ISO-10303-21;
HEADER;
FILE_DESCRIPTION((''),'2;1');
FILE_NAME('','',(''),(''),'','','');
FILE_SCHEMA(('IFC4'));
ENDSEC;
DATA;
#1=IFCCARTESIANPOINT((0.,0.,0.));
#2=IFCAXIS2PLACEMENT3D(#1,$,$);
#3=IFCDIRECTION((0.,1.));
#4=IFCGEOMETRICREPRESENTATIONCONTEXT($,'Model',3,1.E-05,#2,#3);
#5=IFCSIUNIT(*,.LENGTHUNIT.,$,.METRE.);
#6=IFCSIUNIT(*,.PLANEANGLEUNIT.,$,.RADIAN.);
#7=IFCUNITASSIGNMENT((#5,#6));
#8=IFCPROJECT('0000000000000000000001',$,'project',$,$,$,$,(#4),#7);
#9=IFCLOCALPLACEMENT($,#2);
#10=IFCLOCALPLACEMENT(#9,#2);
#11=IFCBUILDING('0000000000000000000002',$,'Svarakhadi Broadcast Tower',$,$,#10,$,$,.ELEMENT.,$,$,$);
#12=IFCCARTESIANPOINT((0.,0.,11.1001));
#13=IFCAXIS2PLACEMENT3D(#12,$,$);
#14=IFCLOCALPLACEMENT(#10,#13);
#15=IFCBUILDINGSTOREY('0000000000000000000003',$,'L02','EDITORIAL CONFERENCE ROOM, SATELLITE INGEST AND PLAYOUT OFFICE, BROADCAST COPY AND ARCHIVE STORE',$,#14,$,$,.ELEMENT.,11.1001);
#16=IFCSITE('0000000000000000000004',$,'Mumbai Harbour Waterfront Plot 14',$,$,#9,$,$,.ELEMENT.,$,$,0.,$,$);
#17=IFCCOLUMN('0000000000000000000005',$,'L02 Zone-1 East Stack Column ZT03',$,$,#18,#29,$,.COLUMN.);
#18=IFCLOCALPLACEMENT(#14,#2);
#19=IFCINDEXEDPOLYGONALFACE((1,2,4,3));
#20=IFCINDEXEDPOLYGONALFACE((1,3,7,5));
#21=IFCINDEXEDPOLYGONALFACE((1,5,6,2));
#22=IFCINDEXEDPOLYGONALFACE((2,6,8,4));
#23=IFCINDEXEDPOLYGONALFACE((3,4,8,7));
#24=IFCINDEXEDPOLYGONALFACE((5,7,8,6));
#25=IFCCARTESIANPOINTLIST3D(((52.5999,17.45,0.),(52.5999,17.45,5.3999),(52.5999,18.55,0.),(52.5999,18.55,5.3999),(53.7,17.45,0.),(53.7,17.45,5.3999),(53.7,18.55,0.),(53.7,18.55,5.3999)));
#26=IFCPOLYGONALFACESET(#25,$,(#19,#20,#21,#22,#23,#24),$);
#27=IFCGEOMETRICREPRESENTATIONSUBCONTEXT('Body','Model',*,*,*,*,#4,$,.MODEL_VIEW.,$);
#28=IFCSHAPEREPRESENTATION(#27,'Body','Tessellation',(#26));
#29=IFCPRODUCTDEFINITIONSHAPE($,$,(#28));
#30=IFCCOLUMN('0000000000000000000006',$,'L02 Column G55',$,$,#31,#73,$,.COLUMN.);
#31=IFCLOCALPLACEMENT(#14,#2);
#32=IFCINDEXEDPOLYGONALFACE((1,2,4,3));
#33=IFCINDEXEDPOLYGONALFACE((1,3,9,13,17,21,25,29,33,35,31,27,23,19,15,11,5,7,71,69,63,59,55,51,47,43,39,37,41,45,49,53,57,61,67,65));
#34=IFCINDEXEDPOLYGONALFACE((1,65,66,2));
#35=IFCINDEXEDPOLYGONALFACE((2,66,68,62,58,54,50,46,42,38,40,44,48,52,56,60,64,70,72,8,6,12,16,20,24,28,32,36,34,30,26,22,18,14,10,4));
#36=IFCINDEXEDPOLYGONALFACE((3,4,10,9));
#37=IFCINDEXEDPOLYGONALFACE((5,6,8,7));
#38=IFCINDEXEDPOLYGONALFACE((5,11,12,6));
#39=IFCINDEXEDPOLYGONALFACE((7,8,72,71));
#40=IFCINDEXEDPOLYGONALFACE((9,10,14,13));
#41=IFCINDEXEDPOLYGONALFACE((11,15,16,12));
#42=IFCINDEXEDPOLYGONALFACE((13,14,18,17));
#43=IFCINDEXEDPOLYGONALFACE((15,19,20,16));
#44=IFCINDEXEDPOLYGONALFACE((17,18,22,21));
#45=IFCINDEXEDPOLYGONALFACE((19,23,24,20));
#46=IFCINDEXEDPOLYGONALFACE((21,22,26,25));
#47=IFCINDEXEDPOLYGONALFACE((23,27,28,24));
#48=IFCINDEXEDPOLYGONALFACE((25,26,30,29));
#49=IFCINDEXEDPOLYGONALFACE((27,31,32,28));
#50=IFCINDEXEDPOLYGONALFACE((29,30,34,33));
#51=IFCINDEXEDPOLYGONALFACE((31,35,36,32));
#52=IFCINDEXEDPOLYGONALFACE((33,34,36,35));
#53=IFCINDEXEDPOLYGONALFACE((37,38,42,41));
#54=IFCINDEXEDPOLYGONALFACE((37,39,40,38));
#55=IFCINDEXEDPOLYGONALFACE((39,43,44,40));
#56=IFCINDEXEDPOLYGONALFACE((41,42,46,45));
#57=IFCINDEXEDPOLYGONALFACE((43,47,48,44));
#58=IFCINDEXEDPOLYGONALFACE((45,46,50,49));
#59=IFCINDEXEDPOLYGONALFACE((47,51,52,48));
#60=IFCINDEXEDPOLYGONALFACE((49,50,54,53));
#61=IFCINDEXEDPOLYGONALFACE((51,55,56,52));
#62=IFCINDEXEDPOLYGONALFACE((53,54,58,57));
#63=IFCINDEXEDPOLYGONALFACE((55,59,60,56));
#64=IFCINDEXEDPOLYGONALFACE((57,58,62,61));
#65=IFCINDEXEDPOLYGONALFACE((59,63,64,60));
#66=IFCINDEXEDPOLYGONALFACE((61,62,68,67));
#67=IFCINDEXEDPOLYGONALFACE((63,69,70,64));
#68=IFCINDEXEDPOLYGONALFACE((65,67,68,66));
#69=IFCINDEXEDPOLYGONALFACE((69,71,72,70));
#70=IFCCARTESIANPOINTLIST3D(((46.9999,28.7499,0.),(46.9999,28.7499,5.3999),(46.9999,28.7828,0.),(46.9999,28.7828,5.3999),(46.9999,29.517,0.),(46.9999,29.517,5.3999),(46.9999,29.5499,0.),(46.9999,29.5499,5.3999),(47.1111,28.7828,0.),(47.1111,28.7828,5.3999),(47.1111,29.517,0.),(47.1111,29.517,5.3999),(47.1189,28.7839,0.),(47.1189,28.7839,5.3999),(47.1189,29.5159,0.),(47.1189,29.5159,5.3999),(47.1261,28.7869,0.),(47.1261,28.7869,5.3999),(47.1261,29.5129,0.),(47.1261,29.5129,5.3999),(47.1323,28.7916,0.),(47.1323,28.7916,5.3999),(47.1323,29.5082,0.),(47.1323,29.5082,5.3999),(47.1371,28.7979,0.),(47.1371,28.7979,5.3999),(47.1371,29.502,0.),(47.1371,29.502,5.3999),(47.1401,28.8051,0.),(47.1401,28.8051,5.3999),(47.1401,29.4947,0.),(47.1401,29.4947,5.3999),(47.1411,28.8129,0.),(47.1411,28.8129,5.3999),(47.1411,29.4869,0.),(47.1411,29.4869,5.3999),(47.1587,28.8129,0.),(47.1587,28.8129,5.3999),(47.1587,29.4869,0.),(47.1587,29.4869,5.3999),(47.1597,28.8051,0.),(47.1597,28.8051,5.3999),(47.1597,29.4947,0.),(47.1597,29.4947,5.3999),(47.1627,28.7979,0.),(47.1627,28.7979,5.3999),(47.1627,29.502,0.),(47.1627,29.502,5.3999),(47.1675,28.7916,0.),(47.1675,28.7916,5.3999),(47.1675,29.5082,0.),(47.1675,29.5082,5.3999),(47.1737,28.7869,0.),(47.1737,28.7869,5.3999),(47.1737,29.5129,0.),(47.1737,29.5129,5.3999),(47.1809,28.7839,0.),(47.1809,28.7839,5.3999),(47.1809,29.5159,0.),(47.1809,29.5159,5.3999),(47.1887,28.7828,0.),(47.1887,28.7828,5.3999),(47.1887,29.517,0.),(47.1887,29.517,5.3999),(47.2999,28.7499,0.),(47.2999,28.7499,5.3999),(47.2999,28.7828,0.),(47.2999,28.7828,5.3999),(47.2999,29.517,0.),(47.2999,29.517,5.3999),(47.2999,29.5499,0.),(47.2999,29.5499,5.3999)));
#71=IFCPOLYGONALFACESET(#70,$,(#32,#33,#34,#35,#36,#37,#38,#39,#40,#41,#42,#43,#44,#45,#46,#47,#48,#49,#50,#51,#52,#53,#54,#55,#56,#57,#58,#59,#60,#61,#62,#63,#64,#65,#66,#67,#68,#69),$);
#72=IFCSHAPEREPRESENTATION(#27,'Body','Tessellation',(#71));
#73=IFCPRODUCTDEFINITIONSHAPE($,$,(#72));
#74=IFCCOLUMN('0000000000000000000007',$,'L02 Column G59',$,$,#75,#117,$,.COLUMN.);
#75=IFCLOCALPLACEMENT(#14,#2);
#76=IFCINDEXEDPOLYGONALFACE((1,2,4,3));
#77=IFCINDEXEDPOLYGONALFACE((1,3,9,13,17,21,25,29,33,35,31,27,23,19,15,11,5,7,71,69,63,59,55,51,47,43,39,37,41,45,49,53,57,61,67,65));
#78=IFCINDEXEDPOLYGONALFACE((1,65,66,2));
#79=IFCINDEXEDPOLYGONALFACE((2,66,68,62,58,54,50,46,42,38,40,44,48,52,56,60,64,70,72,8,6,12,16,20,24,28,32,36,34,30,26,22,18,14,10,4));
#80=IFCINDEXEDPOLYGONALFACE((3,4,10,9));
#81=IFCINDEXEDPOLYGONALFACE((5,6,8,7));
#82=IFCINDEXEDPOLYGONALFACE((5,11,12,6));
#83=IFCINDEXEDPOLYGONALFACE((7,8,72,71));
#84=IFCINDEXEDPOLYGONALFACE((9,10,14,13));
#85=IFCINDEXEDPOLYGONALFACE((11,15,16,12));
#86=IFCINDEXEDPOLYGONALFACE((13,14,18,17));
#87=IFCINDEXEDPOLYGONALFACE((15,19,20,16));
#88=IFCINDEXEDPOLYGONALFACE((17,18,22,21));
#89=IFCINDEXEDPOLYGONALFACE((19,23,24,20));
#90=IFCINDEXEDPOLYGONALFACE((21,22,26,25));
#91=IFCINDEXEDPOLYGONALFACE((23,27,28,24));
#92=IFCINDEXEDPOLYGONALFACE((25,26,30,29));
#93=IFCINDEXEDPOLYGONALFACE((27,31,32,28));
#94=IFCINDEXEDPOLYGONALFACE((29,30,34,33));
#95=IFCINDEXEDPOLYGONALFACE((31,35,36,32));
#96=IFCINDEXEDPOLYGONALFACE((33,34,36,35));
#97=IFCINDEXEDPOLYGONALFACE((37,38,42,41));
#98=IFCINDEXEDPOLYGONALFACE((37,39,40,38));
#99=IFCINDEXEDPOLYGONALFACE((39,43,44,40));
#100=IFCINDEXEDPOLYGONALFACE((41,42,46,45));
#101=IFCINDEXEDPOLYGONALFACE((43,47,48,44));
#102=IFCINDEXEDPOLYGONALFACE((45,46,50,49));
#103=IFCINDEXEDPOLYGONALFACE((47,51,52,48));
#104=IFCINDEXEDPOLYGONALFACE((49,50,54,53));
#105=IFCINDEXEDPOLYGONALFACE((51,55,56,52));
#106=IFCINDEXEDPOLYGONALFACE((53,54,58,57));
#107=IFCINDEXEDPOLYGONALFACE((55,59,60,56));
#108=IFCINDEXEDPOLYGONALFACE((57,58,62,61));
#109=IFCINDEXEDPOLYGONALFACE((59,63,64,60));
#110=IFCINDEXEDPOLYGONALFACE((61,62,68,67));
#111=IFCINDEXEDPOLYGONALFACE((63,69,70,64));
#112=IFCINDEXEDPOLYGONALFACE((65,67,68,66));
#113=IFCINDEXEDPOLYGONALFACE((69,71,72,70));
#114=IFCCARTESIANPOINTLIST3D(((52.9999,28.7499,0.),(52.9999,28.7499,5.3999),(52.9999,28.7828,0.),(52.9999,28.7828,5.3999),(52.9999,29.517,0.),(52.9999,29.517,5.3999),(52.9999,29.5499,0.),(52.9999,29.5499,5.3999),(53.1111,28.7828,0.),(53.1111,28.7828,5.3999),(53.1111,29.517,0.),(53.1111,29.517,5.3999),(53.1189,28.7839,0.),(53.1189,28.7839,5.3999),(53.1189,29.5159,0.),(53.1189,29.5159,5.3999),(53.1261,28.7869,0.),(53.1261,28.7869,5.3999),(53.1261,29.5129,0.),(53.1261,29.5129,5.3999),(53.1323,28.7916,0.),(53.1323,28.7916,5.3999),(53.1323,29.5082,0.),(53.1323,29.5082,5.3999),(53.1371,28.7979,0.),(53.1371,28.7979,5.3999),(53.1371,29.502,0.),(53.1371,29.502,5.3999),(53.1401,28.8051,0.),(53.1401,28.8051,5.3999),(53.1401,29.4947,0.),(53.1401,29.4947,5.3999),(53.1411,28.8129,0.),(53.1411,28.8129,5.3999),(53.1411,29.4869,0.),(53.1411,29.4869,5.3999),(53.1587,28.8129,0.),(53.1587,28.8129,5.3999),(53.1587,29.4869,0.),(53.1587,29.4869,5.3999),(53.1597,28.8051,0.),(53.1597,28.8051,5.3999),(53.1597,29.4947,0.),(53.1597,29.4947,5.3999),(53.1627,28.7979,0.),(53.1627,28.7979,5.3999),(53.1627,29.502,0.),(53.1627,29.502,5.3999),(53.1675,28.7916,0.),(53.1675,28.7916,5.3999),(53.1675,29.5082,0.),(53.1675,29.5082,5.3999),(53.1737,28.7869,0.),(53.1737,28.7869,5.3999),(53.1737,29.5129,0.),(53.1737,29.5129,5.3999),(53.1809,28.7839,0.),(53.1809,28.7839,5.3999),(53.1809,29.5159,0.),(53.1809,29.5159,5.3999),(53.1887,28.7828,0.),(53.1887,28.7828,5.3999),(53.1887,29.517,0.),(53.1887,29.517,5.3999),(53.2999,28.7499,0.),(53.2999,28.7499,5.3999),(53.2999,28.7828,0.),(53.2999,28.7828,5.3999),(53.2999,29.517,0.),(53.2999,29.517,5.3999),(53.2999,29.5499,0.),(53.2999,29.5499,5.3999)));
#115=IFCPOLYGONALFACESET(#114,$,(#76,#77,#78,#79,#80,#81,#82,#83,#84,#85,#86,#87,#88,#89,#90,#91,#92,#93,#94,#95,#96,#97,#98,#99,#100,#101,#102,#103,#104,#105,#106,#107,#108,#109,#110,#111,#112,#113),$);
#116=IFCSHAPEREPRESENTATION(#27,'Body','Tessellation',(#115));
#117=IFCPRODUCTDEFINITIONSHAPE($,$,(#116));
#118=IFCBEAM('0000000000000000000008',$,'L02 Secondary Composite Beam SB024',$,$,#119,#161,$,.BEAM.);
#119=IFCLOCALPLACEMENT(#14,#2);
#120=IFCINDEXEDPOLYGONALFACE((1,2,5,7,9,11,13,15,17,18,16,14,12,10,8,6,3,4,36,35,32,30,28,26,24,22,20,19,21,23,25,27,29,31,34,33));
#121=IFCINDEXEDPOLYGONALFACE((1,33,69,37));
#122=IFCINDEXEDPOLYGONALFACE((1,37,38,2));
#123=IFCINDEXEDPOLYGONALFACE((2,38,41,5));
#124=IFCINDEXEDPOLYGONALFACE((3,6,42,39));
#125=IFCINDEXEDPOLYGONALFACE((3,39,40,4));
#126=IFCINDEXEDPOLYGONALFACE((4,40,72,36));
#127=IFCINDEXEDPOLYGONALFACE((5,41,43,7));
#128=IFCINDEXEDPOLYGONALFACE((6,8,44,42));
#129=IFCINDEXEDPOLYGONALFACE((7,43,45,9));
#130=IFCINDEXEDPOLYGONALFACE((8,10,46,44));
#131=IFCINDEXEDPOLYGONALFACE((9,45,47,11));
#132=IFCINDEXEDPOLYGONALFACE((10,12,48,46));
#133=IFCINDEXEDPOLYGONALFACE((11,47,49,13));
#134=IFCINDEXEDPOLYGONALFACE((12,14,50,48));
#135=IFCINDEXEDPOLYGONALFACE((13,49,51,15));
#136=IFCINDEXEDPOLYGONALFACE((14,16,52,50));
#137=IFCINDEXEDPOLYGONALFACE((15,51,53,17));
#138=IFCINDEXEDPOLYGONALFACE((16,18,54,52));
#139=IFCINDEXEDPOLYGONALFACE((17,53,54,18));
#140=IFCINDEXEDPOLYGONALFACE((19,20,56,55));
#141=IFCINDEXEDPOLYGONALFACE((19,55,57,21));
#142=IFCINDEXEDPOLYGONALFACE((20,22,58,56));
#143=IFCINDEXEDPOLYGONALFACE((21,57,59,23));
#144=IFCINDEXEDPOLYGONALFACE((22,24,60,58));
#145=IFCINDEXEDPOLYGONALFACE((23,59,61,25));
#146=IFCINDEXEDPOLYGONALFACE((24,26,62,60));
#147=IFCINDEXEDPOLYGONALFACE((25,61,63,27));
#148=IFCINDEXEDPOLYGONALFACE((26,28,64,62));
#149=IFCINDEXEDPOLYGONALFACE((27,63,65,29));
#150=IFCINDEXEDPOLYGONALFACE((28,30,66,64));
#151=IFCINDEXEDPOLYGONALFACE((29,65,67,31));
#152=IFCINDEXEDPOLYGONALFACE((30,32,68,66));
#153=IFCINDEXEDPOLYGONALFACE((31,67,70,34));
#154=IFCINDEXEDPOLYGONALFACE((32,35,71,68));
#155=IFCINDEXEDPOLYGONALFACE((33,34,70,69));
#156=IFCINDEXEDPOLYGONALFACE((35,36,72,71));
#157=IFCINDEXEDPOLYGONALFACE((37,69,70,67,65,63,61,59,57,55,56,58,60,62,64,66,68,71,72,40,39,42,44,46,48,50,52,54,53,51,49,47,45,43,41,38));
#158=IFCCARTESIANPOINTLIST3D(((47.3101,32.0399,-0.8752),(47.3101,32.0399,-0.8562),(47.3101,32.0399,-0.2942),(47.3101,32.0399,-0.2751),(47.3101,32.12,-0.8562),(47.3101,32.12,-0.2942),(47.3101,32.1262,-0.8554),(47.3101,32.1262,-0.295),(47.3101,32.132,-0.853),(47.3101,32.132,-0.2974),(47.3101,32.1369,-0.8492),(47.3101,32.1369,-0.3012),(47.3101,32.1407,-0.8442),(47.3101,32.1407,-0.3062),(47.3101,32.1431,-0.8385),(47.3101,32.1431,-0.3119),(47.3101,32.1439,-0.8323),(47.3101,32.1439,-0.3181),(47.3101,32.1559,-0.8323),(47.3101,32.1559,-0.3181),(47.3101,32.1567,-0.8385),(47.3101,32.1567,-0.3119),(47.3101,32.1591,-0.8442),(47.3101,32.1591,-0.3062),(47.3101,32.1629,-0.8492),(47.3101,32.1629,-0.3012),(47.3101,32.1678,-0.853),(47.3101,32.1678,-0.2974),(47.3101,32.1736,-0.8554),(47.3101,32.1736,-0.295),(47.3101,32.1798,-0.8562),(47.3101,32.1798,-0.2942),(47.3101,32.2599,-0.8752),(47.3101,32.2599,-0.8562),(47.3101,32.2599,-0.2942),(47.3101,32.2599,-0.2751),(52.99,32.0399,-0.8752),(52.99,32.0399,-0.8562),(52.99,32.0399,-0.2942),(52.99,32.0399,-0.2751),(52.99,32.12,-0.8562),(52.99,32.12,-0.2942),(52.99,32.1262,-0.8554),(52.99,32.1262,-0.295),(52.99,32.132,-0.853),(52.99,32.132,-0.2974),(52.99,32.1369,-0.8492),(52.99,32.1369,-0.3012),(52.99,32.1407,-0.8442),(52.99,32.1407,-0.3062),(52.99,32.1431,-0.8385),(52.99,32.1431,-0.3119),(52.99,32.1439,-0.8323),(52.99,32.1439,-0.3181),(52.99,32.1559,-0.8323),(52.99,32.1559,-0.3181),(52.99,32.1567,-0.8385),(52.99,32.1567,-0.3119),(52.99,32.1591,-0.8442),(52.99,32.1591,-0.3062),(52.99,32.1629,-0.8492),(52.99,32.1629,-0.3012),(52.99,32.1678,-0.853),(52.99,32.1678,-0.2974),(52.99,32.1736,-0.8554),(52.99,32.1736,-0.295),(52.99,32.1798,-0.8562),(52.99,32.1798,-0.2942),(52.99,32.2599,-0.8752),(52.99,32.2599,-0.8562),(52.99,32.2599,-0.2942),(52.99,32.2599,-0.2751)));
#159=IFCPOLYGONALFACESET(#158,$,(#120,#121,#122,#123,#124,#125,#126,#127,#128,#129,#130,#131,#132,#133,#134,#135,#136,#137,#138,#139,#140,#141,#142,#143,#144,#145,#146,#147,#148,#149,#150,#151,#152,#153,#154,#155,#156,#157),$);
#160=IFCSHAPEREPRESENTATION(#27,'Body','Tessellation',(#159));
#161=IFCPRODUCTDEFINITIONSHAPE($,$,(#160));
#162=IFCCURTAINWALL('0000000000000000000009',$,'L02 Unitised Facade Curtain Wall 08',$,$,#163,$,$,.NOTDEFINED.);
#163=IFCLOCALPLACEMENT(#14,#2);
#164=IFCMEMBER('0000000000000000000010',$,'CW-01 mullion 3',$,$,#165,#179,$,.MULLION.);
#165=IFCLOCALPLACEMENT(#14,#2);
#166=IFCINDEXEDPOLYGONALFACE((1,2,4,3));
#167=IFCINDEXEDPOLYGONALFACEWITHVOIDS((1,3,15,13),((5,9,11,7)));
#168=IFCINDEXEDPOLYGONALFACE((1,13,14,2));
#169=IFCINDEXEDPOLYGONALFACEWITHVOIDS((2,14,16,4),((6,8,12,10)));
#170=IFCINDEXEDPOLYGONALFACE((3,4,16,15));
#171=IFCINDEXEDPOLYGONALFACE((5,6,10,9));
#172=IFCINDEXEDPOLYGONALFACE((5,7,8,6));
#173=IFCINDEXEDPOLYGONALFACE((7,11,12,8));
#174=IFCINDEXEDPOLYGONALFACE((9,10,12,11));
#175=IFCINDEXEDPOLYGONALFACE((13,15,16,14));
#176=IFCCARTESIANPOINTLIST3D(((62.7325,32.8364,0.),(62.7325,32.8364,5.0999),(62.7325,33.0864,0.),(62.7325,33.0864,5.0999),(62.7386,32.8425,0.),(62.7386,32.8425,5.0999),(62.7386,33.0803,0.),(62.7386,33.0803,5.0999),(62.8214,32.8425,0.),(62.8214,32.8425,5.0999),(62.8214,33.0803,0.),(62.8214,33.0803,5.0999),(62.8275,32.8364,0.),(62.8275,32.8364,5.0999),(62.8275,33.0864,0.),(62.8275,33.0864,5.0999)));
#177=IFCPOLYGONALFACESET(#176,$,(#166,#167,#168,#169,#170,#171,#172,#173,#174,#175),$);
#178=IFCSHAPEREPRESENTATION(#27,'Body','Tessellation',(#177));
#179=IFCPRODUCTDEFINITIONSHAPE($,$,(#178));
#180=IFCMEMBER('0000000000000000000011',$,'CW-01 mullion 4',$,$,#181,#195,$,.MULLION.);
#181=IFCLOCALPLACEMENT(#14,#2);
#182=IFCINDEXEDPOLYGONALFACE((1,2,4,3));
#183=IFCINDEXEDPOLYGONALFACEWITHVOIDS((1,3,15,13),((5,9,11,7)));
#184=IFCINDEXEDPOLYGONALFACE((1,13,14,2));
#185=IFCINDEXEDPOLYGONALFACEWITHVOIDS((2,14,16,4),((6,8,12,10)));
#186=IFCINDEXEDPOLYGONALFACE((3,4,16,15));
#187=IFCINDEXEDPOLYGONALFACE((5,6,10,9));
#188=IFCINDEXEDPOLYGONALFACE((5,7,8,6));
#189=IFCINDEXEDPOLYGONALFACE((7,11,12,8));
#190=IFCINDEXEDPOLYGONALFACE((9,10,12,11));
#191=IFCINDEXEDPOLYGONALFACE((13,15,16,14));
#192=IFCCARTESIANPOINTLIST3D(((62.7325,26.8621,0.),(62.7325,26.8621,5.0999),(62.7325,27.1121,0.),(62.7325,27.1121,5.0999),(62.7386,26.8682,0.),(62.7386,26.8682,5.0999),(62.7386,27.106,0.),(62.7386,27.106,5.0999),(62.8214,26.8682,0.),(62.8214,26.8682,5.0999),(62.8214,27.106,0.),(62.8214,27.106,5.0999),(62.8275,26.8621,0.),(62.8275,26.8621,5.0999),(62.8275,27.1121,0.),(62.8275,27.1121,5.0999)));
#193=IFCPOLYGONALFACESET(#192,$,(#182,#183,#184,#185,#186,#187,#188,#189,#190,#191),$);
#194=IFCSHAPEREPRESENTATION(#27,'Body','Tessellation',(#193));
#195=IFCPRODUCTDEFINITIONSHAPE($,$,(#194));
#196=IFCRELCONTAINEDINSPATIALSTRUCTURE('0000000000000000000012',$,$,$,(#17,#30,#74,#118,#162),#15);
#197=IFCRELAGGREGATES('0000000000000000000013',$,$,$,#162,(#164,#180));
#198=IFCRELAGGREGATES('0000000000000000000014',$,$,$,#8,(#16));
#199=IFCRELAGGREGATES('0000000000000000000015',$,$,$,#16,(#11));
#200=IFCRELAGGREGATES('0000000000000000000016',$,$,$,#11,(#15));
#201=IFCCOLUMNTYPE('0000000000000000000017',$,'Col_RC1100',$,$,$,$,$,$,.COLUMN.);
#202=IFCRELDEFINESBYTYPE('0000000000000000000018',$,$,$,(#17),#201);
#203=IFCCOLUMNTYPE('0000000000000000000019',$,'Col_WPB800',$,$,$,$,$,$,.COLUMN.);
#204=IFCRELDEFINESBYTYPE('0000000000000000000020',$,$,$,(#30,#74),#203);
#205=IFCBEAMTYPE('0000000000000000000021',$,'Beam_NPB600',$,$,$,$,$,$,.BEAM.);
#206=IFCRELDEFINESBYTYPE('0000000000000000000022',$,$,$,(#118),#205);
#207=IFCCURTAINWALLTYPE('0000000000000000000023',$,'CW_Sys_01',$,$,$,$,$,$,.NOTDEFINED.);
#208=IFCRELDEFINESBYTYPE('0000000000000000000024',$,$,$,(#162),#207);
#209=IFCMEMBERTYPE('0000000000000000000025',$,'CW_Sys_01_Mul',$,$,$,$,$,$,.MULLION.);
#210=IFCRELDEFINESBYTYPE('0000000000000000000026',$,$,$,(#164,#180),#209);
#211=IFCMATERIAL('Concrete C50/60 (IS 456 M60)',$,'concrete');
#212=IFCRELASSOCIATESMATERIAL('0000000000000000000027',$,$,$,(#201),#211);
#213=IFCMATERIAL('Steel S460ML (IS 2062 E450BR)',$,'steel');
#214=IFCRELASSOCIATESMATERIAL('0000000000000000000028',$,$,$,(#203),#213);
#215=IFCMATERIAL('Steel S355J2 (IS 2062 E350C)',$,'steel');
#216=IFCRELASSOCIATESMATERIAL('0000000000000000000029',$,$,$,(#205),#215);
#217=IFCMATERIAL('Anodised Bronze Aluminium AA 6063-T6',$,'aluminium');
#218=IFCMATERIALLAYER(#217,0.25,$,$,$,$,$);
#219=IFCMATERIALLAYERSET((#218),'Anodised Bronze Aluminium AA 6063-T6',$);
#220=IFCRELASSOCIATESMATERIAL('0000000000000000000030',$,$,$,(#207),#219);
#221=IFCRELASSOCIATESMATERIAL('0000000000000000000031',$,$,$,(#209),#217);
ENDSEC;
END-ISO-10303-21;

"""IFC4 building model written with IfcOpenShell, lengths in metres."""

from ifc_helpers import new_model, si_unit, direction, frame, origin, origin_2d, place, context, subcontext, project, spatial, rectangle, hollow_rectangle, i_section, extrude, material, layer, layer_set, material_profile, profile_set, type_object, element, aggregate, save


model = new_model("IFC4")

# Units and contexts
model_context = context("Model", 3, precision=1e-05, world=origin(), true_north=direction((0.0, 1.0)))
body_context = subcontext(model_context, "Body", "Model", "MODEL_VIEW")
ifc_project = project(units=[si_unit("LENGTHUNIT", "METRE"), si_unit("PLANEANGLEUNIT", "RADIAN")], contexts=[model_context])

# Site, building, storey
site_placement = place(None, origin())
site = spatial("IfcSite", under=ifc_project, at=site_placement, Name="Mumbai Harbour Waterfront Plot 14", CompositionType="ELEMENT", RefElevation=0.0)
building_placement = place(site_placement, origin())
building = spatial("IfcBuilding", under=site, at=building_placement, Name="Svarakhadi Broadcast Tower", CompositionType="ELEMENT")
storey_placement = place(building_placement, frame((0.0, 0.0, 11.1001)))
storey = spatial("IfcBuildingStorey", under=building, at=storey_placement, Name="L02", Description="EDITORIAL CONFERENCE ROOM, SATELLITE INGEST AND PLAYOUT OFFICE, BROADCAST COPY AND ARCHIVE STORE", CompositionType="ELEMENT", Elevation=11.1001)

# Columns
ifc_material_1 = material(Name="Concrete C50/60 (IS 456 M60)", Category="concrete")
ifc_material_profile_1 = material_profile(ifc_material_1, rectangle(XDim=1.1001, YDim=1.1001, at=origin_2d()), Name="RC 1100x1100")
ifc_profile_set_1 = profile_set([ifc_material_profile_1], Name="Concrete C50/60 (IS 456 M60)")
column_type_1 = type_object("IfcColumnType", Name="Col_RC1100", PredefinedType="COLUMN", material=ifc_profile_set_1)
column_placement = place(storey_placement, frame((53.1499, 18.0, 0.0), z_axis=(0.0, 0.0, 1.0), x_axis=(1.0, 0.0, 0.0)))
element("IfcColumn", 1, at=column_placement, inside=storey, type_object=column_type_1, Name="L02 Zone-1 East Stack Column ZT03", PredefinedType="COLUMN", context=body_context, shape_type="SweptSolid", body=[
    extrude(rectangle(XDim=1.1001, YDim=1.1001, at=origin_2d()), origin(), (0.0, 0.0, 1.0), 5.3999),
])
ifc_material_2 = material(Name="Steel S460ML (IS 2062 E450BR)", Category="steel")
ifc_material_profile_2 = material_profile(ifc_material_2, i_section(OverallWidth=0.3, OverallDepth=0.8, WebThickness=0.0176, FlangeThickness=0.033, FilletRadius=0.03, at=origin_2d()), Name="WPB 800x300x262")
ifc_profile_set_2 = profile_set([ifc_material_profile_2], Name="Steel S460ML (IS 2062 E450BR)")
column_type_2 = type_object("IfcColumnType", Name="Col_WPB800", PredefinedType="COLUMN", material=ifc_profile_set_2)
for number, where, z_axis, x_axis, name in (
    (2, (47.1499, 29.1499, 0.0), (0.0, 0.0, 1.0), (1.0, 0.0, 0.0), "L02 Column G55"),
    (3, (53.1499, 29.1499, 0.0), (0.0, 0.0, 1.0), (1.0, 0.0, 0.0), "L02 Column G59"),
):
    element("IfcColumn", number, at=place(storey_placement, frame(where, z_axis=z_axis, x_axis=x_axis)), inside=storey, type_object=column_type_2, Name=name, PredefinedType="COLUMN", context=body_context, shape_type="SweptSolid", body=[
        extrude(i_section(OverallWidth=0.3, OverallDepth=0.8, WebThickness=0.0176, FlangeThickness=0.033, FilletRadius=0.03, at=origin_2d()), origin(), (0.0, 0.0, 1.0), 5.3999),
    ])

# Beam
ifc_material_3 = material(Name="Steel S355J2 (IS 2062 E350C)", Category="steel")
ifc_material_profile_3 = material_profile(ifc_material_3, i_section(OverallWidth=0.22, OverallDepth=0.6001, WebThickness=0.012, FlangeThickness=0.019, FilletRadius=0.0239, at=origin_2d()), Name="NPB 600x220x122")
ifc_profile_set_3 = profile_set([ifc_material_profile_3], Name="Steel S355J2 (IS 2062 E350C)")
beam_type_1 = type_object("IfcBeamType", Name="Beam_NPB600", PredefinedType="BEAM", material=ifc_profile_set_3)
beam_placement = place(storey_placement, frame((47.3101, 32.1499, -0.5752), z_axis=(1.0, 0.0, 0.0), x_axis=(0.0, 1.0, 0.0)))
element("IfcBeam", 4, at=beam_placement, inside=storey, type_object=beam_type_1, Name="L02 Secondary Composite Beam SB024", PredefinedType="BEAM", context=body_context, shape_type="SweptSolid", body=[
    extrude(i_section(OverallWidth=0.22, OverallDepth=0.6001, WebThickness=0.012, FlangeThickness=0.019, FilletRadius=0.0239, at=origin_2d()), origin(), (0.0, 0.0, 1.0), 5.6799),
])

# Curtain wall, members
ifc_material_4 = material(Name="Anodised Bronze Aluminium AA 6063-T6", Category="aluminium")
ifc_layer_1 = layer(ifc_material_4, 0.25)
ifc_layer_set_1 = layer_set([ifc_layer_1], Name="Anodised Bronze Aluminium AA 6063-T6")
curtain_wall_type = type_object("IfcCurtainWallType", Name="CW_Sys_01", PredefinedType="NOTDEFINED", material=ifc_layer_set_1)
curtain_wall_placement = place(storey_placement, origin())
curtain_wall = element("IfcCurtainWall", 5, at=curtain_wall_placement, inside=storey, type_object=curtain_wall_type, Name="L02 Unitised Facade Curtain Wall 08", PredefinedType="NOTDEFINED")
ifc_material_profile_4 = material_profile(ifc_material_4, hollow_rectangle(XDim=0.095, YDim=0.25, WallThickness=0.0061, at=origin_2d()), Name="ALU MULLION 250x95x6")
ifc_profile_set_4 = profile_set([ifc_material_profile_4], Name="Anodised Bronze Aluminium AA 6063-T6")
member_type_1 = type_object("IfcMemberType", Name="CW_Sys_01_Mul", PredefinedType="MULLION", material=ifc_profile_set_4)
member_1_placement = place(storey_placement, frame((62.78, 32.9614, 0.0), z_axis=(0.0, 0.0, 1.0), x_axis=(1.0, 0.0, 0.0)))
member_1 = element("IfcMember", 6, at=member_1_placement, type_object=member_type_1, Name="CW-01 mullion 3", PredefinedType="MULLION", context=body_context, shape_type="SweptSolid", body=[
    extrude(hollow_rectangle(XDim=0.095, YDim=0.25, WallThickness=0.0061, at=origin_2d()), origin(), (0.0, 0.0, 1.0), 5.0999),
])
member_2_placement = place(storey_placement, frame((62.78, 26.9871, 0.0), z_axis=(0.0, 0.0, 1.0), x_axis=(1.0, 0.0, 0.0)))
member_2 = element("IfcMember", 7, at=member_2_placement, type_object=member_type_1, Name="CW-01 mullion 4", PredefinedType="MULLION", context=body_context, shape_type="SweptSolid", body=[
    extrude(hollow_rectangle(XDim=0.095, YDim=0.25, WallThickness=0.0061, at=origin_2d()), origin(), (0.0, 0.0, 1.0), 5.0999),
])

aggregate(curtain_wall, [member_1, member_2])

save(model, "model.ifc")
